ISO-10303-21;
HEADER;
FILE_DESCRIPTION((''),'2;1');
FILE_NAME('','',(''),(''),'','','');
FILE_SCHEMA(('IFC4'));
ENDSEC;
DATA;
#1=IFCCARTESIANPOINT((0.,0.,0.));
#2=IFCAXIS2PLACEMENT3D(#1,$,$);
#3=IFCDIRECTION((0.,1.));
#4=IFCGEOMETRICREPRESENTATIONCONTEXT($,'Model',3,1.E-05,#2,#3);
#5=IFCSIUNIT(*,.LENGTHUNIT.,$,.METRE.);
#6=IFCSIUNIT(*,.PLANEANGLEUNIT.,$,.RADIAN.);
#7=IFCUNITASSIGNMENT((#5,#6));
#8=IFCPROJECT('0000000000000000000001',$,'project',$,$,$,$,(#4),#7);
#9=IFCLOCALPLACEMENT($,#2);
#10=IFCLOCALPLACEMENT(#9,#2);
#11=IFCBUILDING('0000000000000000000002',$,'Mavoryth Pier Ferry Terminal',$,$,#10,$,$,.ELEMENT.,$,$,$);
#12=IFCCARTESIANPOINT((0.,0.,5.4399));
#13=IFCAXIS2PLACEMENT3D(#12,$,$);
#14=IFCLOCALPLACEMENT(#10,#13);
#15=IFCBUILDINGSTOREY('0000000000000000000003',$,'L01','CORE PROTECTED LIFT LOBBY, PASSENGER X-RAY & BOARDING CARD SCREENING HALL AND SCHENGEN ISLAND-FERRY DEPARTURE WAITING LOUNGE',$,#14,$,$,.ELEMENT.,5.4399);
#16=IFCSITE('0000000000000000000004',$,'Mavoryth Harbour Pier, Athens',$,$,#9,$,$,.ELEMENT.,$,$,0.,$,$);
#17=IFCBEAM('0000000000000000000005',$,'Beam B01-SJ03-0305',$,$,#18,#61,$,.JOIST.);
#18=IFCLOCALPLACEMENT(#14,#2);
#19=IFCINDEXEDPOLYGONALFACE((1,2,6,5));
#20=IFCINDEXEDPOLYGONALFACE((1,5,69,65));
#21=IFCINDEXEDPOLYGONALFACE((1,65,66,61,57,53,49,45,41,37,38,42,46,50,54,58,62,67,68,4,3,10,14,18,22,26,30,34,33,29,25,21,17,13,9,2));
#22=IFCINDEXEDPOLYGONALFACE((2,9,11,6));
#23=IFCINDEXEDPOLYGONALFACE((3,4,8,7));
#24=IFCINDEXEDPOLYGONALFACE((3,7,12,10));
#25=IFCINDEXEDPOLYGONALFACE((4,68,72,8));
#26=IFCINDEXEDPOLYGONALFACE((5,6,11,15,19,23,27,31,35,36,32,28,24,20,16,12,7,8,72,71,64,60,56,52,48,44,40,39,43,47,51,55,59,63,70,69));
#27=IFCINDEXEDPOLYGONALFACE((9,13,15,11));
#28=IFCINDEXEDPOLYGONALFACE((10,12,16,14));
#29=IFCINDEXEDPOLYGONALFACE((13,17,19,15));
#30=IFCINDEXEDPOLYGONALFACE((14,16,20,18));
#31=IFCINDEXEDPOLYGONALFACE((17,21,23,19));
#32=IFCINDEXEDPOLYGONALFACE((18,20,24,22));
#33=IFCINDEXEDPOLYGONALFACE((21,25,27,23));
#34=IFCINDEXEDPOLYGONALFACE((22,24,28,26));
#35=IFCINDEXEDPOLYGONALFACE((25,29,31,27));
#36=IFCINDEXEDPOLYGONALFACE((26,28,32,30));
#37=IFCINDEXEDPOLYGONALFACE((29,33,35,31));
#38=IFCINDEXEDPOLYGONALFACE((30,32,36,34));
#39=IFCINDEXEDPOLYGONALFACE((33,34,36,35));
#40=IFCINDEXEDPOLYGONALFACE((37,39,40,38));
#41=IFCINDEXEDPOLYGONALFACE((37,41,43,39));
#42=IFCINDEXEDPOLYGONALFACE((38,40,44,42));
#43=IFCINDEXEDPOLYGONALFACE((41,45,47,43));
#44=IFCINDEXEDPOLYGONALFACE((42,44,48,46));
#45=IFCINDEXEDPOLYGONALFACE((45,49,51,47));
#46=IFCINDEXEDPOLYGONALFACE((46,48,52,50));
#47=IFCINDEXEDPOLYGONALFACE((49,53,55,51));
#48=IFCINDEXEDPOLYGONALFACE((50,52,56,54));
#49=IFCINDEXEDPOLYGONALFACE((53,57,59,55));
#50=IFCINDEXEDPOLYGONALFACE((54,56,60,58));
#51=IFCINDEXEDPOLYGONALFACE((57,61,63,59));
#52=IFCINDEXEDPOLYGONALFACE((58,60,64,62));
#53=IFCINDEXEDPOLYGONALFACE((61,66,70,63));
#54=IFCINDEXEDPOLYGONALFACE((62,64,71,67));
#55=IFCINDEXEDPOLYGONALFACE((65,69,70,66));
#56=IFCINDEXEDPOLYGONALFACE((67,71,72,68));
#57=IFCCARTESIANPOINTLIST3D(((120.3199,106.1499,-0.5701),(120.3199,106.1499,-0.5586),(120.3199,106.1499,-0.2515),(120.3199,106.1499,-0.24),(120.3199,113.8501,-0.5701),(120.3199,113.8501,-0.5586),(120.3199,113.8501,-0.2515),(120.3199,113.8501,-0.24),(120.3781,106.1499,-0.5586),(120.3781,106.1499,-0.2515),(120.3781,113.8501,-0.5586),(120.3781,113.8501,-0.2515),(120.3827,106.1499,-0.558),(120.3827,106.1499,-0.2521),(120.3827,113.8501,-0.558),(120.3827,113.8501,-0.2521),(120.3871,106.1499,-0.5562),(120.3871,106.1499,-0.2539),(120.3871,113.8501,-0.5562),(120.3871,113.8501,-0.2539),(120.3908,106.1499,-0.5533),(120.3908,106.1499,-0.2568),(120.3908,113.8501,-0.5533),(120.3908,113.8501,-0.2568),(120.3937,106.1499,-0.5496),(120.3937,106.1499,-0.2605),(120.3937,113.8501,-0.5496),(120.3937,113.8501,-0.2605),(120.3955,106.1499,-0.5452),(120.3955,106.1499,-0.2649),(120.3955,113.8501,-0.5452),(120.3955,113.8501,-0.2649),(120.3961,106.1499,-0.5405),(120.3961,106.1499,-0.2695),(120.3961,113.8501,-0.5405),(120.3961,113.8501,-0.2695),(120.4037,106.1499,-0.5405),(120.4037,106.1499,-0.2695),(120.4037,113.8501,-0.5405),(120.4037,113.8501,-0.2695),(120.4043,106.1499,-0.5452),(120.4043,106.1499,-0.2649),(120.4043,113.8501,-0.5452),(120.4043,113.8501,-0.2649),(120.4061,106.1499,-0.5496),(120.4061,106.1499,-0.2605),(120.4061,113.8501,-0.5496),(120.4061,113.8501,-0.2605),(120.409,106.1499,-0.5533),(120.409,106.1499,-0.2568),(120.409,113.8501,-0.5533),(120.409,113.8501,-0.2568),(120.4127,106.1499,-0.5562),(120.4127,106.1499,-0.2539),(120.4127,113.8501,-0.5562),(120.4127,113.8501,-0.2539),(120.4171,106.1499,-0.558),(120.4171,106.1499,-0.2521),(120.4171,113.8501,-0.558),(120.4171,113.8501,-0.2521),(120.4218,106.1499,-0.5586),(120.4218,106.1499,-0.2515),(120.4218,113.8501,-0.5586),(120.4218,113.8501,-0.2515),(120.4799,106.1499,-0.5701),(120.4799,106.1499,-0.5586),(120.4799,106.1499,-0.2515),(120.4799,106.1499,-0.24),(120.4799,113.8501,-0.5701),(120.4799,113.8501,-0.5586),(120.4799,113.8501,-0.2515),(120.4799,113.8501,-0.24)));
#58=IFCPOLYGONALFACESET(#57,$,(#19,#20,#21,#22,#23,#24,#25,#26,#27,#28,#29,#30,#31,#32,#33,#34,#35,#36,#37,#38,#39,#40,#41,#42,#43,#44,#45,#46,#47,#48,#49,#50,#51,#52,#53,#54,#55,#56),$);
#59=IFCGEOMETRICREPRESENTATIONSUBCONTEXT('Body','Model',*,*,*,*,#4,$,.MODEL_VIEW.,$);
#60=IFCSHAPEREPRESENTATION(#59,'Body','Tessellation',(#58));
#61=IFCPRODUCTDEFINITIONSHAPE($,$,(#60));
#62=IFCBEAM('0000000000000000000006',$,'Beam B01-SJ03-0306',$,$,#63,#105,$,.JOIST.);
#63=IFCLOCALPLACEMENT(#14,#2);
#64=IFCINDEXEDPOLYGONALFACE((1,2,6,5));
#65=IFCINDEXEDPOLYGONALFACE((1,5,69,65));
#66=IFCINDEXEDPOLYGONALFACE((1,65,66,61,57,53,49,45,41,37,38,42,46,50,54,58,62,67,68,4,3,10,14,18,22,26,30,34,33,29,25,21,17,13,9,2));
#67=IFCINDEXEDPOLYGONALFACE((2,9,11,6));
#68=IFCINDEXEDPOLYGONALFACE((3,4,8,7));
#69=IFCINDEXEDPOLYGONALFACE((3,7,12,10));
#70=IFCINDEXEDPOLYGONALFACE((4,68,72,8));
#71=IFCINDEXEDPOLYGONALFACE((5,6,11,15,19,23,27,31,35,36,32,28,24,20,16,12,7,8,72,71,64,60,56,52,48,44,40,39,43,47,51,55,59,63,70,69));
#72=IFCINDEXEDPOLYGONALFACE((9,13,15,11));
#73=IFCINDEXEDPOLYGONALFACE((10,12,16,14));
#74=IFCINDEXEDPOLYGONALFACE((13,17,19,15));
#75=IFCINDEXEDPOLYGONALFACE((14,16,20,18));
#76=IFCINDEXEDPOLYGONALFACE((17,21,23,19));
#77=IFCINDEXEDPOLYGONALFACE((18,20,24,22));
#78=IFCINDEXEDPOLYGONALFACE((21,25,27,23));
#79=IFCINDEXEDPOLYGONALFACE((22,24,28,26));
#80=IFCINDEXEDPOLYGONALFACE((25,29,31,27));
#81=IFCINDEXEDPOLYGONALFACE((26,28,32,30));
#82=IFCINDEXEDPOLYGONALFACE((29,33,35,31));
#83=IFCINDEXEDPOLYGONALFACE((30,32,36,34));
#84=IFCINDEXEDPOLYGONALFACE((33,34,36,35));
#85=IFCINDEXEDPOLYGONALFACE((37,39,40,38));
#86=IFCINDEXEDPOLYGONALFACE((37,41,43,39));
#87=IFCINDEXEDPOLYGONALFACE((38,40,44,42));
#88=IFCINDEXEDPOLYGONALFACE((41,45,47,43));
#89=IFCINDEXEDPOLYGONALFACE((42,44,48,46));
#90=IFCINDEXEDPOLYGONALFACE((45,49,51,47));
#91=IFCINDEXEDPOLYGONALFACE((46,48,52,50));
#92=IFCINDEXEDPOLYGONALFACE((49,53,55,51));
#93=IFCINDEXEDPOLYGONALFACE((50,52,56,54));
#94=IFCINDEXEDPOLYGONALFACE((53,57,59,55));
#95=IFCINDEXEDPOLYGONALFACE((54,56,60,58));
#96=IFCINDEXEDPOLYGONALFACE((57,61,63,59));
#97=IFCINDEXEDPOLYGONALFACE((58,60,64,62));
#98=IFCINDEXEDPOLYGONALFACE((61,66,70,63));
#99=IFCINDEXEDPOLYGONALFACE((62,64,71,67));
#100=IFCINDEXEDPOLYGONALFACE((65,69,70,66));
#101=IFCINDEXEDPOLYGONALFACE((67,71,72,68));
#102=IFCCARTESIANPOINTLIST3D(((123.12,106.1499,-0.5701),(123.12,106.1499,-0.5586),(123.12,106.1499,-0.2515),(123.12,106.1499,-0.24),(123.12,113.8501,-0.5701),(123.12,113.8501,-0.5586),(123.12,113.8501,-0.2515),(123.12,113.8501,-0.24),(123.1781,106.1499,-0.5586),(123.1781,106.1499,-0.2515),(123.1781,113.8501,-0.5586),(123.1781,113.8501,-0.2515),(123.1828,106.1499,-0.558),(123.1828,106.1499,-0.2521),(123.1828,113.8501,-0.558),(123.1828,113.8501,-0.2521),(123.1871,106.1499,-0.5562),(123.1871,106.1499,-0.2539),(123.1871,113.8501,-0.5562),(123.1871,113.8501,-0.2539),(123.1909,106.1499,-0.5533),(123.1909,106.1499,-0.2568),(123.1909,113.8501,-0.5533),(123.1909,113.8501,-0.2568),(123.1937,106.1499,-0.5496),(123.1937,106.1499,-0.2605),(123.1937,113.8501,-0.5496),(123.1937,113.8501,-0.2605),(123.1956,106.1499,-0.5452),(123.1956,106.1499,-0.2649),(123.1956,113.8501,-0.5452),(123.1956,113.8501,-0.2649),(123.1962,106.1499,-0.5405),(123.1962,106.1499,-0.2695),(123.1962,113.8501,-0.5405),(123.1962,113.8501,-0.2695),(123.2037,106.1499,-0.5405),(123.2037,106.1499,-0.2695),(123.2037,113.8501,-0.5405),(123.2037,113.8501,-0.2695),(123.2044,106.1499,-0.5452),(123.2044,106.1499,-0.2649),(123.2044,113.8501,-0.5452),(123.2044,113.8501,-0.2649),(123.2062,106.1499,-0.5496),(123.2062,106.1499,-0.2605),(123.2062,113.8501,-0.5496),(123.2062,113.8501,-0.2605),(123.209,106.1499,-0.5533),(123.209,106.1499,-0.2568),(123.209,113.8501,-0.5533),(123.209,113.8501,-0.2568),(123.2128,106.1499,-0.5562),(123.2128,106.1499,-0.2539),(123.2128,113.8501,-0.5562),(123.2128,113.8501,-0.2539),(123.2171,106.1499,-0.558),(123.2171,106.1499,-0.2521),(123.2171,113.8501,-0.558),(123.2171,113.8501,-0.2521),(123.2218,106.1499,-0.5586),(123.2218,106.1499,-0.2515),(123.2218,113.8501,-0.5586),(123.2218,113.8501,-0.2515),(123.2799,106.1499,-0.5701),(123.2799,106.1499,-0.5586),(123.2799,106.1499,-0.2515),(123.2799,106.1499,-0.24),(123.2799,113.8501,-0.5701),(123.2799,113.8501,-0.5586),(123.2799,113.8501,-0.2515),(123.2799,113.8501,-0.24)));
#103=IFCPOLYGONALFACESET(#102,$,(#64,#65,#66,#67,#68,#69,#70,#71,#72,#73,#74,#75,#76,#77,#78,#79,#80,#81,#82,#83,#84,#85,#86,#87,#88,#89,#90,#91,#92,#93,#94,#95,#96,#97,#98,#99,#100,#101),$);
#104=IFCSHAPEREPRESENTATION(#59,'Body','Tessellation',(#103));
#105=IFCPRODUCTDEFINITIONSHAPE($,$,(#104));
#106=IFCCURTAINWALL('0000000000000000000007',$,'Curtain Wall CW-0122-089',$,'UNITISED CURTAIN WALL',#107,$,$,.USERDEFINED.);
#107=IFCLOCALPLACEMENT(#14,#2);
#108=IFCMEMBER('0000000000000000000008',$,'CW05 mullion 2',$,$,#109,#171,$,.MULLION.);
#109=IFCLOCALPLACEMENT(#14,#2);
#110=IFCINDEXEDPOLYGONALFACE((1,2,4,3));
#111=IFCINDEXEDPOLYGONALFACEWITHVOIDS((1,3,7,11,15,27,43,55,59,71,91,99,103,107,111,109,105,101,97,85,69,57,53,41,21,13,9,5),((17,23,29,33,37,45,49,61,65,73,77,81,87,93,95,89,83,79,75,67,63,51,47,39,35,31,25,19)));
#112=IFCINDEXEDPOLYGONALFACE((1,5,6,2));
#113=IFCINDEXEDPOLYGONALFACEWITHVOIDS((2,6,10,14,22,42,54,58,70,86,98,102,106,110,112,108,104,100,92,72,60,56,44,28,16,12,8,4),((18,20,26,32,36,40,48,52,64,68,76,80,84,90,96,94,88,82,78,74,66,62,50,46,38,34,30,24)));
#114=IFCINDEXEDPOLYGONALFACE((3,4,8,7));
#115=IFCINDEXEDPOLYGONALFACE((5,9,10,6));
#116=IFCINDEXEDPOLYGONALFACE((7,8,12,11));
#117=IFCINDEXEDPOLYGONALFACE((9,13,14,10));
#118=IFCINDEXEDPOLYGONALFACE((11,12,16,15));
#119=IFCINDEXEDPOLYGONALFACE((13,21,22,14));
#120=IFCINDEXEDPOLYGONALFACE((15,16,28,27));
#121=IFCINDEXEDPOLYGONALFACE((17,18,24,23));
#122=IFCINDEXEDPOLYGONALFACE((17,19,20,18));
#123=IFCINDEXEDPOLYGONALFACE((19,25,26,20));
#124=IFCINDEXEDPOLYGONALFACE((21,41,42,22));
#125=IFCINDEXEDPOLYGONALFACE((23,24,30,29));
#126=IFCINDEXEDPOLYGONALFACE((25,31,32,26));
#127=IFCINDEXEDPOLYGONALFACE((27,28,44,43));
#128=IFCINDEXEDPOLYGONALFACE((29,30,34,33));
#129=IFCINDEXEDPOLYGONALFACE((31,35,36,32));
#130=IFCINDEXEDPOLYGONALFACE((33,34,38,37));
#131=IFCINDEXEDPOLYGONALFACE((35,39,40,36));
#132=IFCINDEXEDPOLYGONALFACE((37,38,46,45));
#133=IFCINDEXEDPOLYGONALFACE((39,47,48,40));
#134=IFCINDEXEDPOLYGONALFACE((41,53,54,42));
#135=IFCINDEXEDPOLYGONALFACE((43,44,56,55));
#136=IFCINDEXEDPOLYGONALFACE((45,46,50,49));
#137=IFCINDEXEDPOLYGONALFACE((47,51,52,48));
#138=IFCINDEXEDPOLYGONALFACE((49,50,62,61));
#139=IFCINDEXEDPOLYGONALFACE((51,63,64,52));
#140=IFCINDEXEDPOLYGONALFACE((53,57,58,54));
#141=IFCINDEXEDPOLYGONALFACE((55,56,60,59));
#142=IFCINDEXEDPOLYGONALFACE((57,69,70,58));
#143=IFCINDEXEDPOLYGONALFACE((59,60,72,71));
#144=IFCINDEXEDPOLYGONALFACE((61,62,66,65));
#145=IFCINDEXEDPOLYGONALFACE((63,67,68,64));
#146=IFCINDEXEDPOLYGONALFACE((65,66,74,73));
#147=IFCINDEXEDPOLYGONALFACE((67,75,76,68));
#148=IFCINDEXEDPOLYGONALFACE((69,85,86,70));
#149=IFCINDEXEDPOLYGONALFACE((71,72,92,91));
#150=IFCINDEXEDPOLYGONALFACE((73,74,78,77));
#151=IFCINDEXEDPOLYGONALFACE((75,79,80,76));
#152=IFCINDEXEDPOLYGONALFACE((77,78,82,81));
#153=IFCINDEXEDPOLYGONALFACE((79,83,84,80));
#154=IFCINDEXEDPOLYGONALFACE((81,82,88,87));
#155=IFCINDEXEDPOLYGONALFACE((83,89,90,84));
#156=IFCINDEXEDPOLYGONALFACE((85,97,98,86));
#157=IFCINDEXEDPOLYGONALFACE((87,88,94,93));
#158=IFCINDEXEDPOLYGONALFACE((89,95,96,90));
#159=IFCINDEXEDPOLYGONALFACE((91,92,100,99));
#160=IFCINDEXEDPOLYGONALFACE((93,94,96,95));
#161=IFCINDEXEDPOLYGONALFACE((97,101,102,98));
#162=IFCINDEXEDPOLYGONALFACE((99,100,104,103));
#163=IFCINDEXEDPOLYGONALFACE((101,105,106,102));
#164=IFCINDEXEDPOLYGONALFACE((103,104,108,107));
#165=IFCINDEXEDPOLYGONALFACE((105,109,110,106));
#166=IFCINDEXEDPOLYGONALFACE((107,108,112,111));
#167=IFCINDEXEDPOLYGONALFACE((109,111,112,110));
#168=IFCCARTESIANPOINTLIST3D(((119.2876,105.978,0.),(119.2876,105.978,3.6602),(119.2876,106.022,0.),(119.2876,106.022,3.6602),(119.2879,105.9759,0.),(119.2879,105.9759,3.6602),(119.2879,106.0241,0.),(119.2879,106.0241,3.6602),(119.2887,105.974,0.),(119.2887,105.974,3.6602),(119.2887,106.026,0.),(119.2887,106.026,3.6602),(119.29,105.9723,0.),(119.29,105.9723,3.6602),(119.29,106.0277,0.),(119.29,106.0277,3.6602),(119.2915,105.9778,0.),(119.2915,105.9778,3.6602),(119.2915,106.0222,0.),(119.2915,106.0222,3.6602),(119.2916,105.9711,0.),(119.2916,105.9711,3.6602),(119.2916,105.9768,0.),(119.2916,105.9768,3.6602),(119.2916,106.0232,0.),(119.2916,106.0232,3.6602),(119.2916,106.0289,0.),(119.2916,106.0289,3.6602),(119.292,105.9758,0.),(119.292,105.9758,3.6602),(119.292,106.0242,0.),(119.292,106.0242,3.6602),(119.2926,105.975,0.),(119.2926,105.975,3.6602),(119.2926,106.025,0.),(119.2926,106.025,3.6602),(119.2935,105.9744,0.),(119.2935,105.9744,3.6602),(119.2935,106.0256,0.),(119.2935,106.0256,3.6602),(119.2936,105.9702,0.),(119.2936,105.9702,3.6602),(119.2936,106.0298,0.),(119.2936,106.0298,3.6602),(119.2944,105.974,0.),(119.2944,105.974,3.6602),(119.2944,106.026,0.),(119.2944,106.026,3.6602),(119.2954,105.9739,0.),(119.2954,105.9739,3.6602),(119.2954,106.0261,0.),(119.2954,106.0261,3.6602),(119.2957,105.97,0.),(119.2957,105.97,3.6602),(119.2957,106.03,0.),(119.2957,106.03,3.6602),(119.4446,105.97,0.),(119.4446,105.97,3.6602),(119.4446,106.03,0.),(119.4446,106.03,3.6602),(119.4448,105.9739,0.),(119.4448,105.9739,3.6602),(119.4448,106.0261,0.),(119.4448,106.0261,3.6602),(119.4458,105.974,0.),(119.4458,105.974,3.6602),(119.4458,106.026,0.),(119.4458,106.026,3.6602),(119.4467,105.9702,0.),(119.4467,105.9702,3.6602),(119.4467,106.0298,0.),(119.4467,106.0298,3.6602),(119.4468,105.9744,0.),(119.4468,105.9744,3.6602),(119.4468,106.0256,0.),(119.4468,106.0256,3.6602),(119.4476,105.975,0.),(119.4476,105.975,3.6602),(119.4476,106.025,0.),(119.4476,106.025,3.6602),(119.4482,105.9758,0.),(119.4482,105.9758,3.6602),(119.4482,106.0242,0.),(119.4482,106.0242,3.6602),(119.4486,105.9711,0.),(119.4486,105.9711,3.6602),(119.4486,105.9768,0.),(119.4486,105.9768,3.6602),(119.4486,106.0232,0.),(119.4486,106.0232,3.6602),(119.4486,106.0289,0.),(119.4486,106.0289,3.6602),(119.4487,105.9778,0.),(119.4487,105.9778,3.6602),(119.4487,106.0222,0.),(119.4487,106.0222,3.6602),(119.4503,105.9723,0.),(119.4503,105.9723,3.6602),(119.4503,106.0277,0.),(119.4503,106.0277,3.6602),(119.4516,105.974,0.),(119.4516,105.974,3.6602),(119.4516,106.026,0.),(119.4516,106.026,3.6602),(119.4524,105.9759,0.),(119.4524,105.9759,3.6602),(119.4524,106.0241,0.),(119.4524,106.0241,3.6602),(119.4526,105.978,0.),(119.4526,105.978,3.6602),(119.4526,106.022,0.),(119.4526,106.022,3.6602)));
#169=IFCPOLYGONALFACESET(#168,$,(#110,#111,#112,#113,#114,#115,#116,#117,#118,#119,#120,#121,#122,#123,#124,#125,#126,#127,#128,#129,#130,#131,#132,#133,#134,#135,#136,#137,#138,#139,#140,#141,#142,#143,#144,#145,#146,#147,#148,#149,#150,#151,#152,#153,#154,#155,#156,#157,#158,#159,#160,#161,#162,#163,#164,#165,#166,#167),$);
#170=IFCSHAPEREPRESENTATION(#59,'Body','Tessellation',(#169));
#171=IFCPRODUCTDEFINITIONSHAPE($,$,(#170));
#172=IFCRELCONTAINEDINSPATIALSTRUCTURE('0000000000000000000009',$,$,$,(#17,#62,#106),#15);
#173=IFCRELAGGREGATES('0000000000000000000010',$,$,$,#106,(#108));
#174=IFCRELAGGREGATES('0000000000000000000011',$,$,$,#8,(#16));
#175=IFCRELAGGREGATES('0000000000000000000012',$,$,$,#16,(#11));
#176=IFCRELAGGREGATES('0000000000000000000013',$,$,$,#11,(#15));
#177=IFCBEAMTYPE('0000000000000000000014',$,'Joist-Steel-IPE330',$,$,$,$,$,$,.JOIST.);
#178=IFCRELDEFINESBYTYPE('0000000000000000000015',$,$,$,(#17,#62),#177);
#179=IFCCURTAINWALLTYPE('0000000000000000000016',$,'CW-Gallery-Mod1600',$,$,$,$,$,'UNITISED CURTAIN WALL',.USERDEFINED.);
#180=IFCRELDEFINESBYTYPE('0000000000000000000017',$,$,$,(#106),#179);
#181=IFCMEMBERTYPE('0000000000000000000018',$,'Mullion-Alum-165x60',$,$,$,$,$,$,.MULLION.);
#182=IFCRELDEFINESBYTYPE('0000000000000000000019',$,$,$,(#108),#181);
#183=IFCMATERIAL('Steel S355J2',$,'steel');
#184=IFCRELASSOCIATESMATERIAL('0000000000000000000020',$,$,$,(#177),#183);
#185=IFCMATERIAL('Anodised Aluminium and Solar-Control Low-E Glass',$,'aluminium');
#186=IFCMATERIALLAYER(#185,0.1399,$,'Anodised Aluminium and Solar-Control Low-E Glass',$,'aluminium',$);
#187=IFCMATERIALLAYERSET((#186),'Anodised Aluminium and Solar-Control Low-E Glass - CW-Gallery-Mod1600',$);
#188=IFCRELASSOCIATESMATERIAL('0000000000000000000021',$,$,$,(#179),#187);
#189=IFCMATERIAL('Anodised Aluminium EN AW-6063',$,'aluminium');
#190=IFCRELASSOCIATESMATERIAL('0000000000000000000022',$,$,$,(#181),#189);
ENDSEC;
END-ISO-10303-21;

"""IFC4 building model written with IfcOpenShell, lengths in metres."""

from ifc_helpers import new_model, si_unit, direction, frame, origin, origin_2d, place, context, subcontext, project, spatial, hollow_rectangle, i_section, extrude, material, layer, layer_set, material_profile, profile_set, type_object, element, aggregate, save


model = new_model("IFC4")

# Units and contexts
model_context = context("Model", 3, precision=1e-05, world=origin(), true_north=direction((0.0, 1.0)))
body_context = subcontext(model_context, "Body", "Model", "MODEL_VIEW")
ifc_project = project(units=[si_unit("LENGTHUNIT", "METRE"), si_unit("PLANEANGLEUNIT", "RADIAN")], contexts=[model_context])

# Site, building, storey
site_placement = place(None, origin())
site = spatial("IfcSite", under=ifc_project, at=site_placement, Name="Mavoryth Harbour Pier, Athens", CompositionType="ELEMENT", RefElevation=0.0)
building_placement = place(site_placement, origin())
building = spatial("IfcBuilding", under=site, at=building_placement, Name="Mavoryth Pier Ferry Terminal", CompositionType="ELEMENT")
storey_placement = place(building_placement, frame((0.0, 0.0, 5.4399)))
storey = spatial("IfcBuildingStorey", under=building, at=storey_placement, Name="L01", Description="CORE PROTECTED LIFT LOBBY, PASSENGER X-RAY & BOARDING CARD SCREENING HALL AND SCHENGEN ISLAND-FERRY DEPARTURE WAITING LOUNGE", CompositionType="ELEMENT", Elevation=5.4399)

# Beams
ifc_material_1 = material(Name="Steel S355J2", Category="steel")
ifc_material_profile_1 = material_profile(ifc_material_1, i_section(OverallWidth=0.1599, OverallDepth=0.3301, WebThickness=0.0076, FlangeThickness=0.0115, FilletRadius=0.0181, at=origin_2d()), Name="IPE 330", Category="steel")
ifc_profile_set_1 = profile_set([ifc_material_profile_1], Name="Steel S355J2 - IPE 330")
beam_type = type_object("IfcBeamType", Name="Joist-Steel-IPE330", PredefinedType="JOIST", material=ifc_profile_set_1)
for number, where, z_axis, x_axis, name in (
    (1, (120.3999, 106.1499, -0.405), (0.0, 1.0, 0.0), (-1.0, 0.0, 0.0), "Beam B01-SJ03-0305"),
    (2, (123.2, 106.1499, -0.405), (0.0, 1.0, 0.0), (-1.0, 0.0, 0.0), "Beam B01-SJ03-0306"),
):
    element("IfcBeam", number, at=place(storey_placement, frame(where, z_axis=z_axis, x_axis=x_axis)), inside=storey, type_object=beam_type, Name=name, PredefinedType="JOIST", context=body_context, shape_type="SweptSolid", body=[
        extrude(i_section(OverallWidth=0.1599, OverallDepth=0.3301, WebThickness=0.0076, FlangeThickness=0.0115, FilletRadius=0.0181, at=origin_2d()), origin(), (0.0, 0.0, 1.0), 7.7002),
    ])

# Curtain wall, member
ifc_material_2 = material(Name="Anodised Aluminium and Solar-Control Low-E Glass", Category="aluminium")
ifc_layer_1 = layer(ifc_material_2, 0.1399, Name="Anodised Aluminium and Solar-Control Low-E Glass", Category="aluminium")
ifc_layer_set_1 = layer_set([ifc_layer_1], Name="Anodised Aluminium and Solar-Control Low-E Glass - CW-Gallery-Mod1600")
curtain_wall_type = type_object("IfcCurtainWallType", Name="CW-Gallery-Mod1600", ElementType="UNITISED CURTAIN WALL", PredefinedType="USERDEFINED", material=ifc_layer_set_1)
curtain_wall_1_placement = place(storey_placement, origin())
curtain_wall_1 = element("IfcCurtainWall", 3, at=curtain_wall_1_placement, inside=storey, type_object=curtain_wall_type, Name="Curtain Wall CW-0122-089", ObjectType="UNITISED CURTAIN WALL", PredefinedType="USERDEFINED")
ifc_material_3 = material(Name="Anodised Aluminium EN AW-6063", Category="aluminium")
ifc_material_profile_2 = material_profile(ifc_material_3, hollow_rectangle(XDim=0.0601, YDim=0.165, WallThickness=0.0039, InnerFilletRadius=0.0039, OuterFilletRadius=0.0081, at=origin_2d()), Name="AL-MULL 165x60x4", Category="aluminium")
ifc_profile_set_2 = profile_set([ifc_material_profile_2], Name="Anodised Aluminium EN AW-6063 - AL-MULL 165x60x4")
member_type_1 = type_object("IfcMemberType", Name="Mullion-Alum-165x60", PredefinedType="MULLION", material=ifc_profile_set_2)
member_1_placement = place(storey_placement, frame((119.3701, 106.0, 0.0), z_axis=(0.0, 0.0, 1.0), x_axis=(0.0, 1.0, 0.0)))
member_1 = element("IfcMember", 4, at=member_1_placement, type_object=member_type_1, Name="CW05 mullion 2", PredefinedType="MULLION", context=body_context, shape_type="SweptSolid", body=[
    extrude(hollow_rectangle(XDim=0.0601, YDim=0.165, WallThickness=0.0039, InnerFilletRadius=0.0039, OuterFilletRadius=0.0081, at=origin_2d()), origin(), (0.0, 0.0, 1.0), 3.6602),
])

aggregate(curtain_wall_1, [member_1])

save(model, "model.ifc")
